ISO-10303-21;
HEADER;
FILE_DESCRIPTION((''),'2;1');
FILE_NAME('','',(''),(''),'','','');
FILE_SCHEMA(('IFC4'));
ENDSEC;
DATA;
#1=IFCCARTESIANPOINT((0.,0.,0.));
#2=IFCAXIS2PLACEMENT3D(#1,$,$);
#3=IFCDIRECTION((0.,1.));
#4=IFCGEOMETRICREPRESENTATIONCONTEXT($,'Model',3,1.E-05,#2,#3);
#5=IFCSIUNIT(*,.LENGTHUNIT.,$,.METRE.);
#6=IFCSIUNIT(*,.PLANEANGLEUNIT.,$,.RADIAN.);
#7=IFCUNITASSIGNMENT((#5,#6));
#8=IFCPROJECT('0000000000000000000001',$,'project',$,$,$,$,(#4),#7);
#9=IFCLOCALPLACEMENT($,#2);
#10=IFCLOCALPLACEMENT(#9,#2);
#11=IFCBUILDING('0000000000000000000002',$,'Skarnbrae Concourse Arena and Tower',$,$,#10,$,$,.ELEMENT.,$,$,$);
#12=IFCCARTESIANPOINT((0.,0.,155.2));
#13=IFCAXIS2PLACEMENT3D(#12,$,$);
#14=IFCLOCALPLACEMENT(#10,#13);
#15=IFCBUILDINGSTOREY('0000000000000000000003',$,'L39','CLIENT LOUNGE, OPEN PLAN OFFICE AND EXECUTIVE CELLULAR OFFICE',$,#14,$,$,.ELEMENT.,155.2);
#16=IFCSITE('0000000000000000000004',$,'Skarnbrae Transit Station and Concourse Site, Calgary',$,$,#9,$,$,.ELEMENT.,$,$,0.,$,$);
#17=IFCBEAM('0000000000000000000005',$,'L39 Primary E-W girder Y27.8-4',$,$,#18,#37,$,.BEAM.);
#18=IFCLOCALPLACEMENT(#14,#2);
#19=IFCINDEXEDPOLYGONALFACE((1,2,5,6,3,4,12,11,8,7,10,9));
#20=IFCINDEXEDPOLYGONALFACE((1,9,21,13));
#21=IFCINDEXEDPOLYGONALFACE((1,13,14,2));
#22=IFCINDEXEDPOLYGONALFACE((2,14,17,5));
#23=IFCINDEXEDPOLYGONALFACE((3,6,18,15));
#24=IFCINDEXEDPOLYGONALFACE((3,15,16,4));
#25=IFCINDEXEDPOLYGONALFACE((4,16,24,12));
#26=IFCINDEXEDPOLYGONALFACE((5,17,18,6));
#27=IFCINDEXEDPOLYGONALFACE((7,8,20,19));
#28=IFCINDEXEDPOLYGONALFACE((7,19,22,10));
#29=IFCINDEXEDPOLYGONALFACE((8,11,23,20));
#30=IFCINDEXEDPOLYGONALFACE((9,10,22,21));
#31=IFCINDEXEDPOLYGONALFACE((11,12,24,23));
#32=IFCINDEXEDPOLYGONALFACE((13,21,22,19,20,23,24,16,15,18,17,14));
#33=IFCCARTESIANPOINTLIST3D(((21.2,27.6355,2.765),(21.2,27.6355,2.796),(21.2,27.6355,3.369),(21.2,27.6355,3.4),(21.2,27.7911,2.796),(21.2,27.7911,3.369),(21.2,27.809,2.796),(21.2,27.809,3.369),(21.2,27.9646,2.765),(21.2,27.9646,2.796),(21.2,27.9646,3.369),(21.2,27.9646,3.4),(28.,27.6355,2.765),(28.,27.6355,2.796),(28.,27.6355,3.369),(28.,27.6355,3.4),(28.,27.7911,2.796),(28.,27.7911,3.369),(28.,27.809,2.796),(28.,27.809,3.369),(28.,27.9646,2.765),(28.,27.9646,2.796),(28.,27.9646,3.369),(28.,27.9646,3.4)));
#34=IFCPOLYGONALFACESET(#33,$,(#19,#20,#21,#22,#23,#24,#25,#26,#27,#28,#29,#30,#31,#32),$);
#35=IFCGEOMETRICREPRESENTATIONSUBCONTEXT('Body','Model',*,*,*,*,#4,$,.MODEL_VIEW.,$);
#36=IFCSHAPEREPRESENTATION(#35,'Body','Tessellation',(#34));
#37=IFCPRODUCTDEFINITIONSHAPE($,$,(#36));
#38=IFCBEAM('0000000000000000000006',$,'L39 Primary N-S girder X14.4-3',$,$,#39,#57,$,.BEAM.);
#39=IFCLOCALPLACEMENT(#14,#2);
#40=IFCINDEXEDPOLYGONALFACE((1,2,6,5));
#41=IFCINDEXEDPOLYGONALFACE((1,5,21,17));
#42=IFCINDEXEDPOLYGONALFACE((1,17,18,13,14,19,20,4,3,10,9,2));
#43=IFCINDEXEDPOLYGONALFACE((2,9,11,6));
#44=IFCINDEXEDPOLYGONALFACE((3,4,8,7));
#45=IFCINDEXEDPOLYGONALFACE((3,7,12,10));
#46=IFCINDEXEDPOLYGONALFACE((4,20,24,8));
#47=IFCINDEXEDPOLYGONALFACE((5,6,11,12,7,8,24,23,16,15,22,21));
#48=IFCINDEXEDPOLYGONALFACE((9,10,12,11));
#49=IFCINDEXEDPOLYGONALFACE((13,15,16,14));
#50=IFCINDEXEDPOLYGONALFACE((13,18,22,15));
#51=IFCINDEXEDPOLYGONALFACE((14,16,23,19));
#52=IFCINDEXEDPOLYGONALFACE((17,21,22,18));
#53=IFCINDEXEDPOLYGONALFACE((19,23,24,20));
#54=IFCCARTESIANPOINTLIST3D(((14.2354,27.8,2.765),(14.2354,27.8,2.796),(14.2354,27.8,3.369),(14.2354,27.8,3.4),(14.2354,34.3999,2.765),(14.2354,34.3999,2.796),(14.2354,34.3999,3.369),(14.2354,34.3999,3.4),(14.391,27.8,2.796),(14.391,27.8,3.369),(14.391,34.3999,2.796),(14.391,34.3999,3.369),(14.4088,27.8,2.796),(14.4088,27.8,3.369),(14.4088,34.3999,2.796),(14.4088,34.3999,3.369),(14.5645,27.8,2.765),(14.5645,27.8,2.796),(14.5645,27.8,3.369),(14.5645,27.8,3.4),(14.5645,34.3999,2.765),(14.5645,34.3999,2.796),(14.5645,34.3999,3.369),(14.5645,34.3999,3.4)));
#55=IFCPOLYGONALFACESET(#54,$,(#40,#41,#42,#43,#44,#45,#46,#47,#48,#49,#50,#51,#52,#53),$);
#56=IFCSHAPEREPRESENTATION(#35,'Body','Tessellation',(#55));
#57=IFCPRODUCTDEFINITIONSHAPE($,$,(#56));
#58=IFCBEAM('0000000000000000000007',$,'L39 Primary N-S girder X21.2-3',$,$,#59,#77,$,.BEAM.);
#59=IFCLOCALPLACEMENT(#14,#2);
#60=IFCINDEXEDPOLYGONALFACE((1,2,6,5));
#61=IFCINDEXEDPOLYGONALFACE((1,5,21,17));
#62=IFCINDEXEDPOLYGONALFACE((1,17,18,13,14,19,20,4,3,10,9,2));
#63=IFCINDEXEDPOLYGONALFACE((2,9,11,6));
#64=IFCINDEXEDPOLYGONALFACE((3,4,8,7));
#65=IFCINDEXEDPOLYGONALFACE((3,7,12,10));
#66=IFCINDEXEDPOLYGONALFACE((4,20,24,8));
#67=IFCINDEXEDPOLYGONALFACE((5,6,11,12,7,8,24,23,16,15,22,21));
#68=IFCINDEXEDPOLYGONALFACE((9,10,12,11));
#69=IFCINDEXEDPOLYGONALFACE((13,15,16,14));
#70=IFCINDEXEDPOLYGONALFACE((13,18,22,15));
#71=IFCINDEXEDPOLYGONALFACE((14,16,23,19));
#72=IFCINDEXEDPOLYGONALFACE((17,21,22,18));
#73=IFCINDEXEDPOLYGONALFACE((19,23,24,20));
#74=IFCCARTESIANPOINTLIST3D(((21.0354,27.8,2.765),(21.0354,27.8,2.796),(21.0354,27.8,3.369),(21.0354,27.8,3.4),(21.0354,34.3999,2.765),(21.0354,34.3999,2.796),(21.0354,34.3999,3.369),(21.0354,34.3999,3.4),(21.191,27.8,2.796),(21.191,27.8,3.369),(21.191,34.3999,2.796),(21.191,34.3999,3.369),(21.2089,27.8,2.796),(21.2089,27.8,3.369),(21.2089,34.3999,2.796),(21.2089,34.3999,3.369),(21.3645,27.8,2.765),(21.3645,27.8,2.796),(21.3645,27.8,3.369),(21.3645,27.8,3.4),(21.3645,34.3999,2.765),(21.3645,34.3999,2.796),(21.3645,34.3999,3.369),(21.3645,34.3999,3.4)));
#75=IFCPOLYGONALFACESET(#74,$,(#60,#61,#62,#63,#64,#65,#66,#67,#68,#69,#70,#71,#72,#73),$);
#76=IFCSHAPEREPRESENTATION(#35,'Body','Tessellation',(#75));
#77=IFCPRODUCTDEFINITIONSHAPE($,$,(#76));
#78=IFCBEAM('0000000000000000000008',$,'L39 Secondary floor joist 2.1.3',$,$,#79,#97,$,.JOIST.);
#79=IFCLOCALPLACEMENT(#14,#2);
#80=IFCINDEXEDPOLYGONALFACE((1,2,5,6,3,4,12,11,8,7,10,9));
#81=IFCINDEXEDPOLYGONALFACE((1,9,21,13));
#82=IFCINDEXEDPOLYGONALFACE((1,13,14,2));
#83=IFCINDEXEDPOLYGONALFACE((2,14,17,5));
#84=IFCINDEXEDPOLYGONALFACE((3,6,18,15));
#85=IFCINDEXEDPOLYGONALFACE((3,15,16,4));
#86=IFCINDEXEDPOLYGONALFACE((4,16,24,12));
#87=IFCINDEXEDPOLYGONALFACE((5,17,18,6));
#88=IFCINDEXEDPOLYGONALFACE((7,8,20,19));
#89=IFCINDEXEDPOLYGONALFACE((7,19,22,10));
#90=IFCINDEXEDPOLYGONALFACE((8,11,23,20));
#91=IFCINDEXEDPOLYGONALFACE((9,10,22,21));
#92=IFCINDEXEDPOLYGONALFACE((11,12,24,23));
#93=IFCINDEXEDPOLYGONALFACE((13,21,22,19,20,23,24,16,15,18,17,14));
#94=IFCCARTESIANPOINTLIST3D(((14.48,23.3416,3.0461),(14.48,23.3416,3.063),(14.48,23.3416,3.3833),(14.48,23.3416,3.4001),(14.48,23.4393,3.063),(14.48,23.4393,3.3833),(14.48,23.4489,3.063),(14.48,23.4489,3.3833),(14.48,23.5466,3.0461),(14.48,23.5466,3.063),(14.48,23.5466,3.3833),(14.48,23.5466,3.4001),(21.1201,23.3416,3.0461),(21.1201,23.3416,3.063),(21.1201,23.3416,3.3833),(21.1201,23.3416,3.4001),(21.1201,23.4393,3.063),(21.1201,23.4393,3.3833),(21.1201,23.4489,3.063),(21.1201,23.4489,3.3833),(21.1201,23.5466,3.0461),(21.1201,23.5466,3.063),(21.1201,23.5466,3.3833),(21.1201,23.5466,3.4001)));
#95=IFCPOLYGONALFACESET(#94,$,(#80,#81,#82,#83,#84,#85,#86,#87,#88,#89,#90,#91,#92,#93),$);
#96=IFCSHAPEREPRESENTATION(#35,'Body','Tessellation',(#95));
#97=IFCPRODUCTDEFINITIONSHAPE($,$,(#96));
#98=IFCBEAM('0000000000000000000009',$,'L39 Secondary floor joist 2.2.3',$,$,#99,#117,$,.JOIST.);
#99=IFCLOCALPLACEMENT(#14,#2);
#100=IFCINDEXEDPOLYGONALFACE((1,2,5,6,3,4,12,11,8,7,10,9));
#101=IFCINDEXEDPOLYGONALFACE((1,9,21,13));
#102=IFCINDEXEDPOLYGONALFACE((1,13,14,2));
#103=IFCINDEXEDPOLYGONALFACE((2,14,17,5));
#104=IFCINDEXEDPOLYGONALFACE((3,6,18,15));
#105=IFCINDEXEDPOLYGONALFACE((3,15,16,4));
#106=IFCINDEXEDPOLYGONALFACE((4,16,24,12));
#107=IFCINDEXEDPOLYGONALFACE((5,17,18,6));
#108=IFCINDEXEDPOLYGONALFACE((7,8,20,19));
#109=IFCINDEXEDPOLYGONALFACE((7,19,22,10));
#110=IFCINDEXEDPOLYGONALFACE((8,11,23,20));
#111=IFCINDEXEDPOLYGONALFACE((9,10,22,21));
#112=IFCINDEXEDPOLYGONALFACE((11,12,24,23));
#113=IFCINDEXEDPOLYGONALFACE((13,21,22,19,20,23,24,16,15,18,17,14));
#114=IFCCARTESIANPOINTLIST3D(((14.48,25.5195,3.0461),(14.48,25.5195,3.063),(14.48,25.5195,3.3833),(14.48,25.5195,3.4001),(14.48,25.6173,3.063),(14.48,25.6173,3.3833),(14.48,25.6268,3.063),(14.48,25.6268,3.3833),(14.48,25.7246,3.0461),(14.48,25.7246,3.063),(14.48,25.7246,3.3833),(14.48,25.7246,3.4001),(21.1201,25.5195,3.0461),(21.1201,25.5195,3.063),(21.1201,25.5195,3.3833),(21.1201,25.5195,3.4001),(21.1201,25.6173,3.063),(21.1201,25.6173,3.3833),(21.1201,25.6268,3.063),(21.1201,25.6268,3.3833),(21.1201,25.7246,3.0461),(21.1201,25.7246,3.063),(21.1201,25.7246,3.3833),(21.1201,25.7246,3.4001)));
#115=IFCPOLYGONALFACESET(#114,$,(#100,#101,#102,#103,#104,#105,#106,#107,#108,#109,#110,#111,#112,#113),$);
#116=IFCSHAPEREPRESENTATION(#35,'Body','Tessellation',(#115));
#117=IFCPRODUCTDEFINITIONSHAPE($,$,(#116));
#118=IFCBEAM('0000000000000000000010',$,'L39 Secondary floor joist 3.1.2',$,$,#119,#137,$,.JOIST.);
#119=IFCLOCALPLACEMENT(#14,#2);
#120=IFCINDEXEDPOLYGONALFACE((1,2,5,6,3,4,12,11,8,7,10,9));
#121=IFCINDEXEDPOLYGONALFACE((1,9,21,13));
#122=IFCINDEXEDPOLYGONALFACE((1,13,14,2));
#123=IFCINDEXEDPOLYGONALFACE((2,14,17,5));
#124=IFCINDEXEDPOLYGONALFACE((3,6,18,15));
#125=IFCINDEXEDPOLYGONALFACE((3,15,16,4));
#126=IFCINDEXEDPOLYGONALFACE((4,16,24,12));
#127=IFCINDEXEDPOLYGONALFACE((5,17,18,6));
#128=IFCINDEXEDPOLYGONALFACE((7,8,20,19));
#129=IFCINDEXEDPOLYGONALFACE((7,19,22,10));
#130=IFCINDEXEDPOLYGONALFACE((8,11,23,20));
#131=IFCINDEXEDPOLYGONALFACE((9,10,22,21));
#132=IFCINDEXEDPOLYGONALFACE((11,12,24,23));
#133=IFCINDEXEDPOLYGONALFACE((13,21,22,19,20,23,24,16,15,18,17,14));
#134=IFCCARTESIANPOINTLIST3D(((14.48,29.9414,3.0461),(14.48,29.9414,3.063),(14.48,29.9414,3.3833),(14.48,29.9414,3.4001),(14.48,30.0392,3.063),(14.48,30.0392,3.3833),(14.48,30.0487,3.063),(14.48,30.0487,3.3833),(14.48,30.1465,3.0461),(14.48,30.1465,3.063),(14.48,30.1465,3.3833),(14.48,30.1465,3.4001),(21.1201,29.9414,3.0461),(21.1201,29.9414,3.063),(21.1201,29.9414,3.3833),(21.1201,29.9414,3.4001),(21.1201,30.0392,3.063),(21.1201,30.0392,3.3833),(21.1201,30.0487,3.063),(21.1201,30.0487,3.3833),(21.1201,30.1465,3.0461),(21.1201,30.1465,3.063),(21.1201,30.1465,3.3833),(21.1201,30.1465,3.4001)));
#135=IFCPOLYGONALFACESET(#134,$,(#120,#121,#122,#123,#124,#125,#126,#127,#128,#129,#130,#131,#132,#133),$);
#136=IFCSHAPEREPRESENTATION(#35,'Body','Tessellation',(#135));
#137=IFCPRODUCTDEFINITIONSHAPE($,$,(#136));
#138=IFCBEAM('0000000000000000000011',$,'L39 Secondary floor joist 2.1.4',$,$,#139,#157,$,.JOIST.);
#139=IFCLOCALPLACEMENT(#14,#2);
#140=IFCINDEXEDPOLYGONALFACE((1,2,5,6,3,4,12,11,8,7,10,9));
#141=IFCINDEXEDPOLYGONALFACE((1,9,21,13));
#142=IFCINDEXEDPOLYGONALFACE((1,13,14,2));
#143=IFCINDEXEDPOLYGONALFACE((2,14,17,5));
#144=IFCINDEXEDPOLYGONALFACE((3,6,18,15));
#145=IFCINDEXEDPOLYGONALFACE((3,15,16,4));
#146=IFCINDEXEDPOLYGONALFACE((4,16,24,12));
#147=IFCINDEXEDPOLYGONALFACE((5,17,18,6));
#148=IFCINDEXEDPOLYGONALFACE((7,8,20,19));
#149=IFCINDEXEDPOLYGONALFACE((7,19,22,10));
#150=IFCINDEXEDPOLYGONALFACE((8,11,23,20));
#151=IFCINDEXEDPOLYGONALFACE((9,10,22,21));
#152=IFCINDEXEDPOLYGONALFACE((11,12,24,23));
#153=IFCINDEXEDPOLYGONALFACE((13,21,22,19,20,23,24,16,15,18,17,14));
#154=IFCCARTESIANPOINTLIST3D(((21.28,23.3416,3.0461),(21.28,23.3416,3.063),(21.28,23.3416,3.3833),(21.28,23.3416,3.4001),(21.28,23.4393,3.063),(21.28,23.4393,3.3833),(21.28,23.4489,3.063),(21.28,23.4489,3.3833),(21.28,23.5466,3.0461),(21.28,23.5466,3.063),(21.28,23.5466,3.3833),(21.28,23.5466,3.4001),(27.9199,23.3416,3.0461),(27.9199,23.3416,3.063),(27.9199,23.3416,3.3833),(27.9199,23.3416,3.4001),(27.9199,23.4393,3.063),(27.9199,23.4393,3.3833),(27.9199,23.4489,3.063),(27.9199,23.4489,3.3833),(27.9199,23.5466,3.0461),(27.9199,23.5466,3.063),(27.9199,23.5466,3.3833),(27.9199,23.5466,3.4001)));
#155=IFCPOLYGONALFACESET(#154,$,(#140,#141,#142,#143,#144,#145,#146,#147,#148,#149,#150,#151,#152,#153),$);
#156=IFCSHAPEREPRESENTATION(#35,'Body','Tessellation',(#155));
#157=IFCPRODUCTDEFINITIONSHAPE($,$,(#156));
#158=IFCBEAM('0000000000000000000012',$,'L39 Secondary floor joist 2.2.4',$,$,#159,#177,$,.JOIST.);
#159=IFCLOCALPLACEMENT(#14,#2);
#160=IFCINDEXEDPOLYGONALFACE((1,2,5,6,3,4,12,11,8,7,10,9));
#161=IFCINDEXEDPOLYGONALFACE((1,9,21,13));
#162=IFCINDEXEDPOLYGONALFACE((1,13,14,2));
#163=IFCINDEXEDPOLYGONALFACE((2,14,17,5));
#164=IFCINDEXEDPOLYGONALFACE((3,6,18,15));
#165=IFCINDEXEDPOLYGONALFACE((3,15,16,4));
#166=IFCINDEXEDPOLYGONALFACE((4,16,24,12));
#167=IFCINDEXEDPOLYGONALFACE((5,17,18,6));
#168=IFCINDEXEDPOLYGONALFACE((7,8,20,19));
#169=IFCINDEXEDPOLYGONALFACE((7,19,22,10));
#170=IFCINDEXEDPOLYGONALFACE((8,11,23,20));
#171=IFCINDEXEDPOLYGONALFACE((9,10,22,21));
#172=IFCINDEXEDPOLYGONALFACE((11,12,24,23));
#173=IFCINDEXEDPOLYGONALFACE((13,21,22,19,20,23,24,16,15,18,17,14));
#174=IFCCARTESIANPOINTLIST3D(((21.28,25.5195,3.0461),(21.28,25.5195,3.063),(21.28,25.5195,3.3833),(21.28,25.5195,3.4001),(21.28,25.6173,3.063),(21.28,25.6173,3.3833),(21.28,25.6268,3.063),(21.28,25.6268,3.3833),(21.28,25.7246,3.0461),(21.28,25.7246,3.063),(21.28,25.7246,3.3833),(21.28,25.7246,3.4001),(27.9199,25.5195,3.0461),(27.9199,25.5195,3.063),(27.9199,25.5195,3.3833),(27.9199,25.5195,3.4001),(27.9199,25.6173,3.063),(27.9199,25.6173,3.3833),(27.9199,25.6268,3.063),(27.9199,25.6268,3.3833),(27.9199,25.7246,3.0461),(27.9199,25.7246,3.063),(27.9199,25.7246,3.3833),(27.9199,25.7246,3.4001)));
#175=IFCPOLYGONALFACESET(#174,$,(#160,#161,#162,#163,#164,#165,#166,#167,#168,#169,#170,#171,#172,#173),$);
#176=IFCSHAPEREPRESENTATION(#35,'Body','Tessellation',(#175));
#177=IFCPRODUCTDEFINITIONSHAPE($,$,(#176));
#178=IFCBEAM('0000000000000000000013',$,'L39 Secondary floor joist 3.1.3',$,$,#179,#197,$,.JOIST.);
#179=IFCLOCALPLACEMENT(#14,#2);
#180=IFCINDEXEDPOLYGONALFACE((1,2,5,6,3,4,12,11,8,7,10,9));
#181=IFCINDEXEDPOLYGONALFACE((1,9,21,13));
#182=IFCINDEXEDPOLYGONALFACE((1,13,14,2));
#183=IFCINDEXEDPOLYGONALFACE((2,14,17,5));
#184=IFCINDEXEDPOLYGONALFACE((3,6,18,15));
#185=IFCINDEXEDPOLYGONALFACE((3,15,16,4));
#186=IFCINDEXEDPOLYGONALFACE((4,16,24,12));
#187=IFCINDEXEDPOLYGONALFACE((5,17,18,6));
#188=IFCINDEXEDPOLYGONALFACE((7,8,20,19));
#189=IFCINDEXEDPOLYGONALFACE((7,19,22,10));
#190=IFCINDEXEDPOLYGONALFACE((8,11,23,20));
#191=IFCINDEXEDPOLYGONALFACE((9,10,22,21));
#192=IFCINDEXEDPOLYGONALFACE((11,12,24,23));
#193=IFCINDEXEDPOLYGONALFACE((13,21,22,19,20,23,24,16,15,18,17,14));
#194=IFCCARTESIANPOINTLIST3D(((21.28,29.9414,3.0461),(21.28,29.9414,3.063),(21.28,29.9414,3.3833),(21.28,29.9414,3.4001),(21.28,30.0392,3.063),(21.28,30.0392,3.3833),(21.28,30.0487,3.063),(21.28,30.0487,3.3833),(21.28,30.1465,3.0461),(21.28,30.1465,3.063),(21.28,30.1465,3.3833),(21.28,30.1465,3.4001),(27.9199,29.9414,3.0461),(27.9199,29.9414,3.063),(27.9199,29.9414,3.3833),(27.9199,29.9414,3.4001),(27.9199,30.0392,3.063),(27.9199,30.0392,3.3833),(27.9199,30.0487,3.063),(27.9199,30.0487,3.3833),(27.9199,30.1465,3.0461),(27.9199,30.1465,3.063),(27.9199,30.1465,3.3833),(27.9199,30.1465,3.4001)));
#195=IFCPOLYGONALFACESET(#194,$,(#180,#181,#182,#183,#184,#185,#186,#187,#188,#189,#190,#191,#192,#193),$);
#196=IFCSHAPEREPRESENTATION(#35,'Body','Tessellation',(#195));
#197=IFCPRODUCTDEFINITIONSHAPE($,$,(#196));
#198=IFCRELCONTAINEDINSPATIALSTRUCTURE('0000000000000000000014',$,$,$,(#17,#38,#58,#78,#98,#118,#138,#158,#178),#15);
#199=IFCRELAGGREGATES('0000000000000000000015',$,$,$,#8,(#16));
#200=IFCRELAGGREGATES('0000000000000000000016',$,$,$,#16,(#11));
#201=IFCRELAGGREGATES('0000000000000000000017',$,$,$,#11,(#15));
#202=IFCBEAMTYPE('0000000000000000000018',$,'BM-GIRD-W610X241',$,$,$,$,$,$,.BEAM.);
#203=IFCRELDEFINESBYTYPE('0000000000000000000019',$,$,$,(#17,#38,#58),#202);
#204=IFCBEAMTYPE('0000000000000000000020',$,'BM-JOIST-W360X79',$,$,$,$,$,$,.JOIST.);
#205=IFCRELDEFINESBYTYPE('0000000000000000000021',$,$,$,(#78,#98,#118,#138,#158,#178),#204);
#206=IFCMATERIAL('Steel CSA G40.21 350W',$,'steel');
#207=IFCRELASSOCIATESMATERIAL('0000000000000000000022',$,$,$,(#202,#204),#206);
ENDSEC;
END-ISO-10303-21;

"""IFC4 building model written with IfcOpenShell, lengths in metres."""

from ifc_helpers import new_model, si_unit, direction, frame, origin, origin_2d, place, context, subcontext, project, spatial, i_section, extrude, source, transform, mapped, material, material_profile, profile_set, type_object, element, save


model = new_model("IFC4")

# Units and contexts
model_context = context("Model", 3, precision=1e-05, world=origin(), true_north=direction((0.0, 1.0)))
body_context = subcontext(model_context, "Body", "Model", "MODEL_VIEW")
ifc_project = project(units=[si_unit("LENGTHUNIT", "METRE"), si_unit("PLANEANGLEUNIT", "RADIAN")], contexts=[model_context])

# Site, building, storey
site_placement = place(None, origin())
site = spatial("IfcSite", under=ifc_project, at=site_placement, Name="Skarnbrae Transit Station and Concourse Site, Calgary", CompositionType="ELEMENT", RefElevation=0.0)
building_placement = place(site_placement, origin())
building = spatial("IfcBuilding", under=site, at=building_placement, Name="Skarnbrae Concourse Arena and Tower", CompositionType="ELEMENT")
storey_placement = place(building_placement, frame((0.0, 0.0, 155.2)))
storey = spatial("IfcBuildingStorey", under=building, at=storey_placement, Name="L39", Description="CLIENT LOUNGE, OPEN PLAN OFFICE AND EXECUTIVE CELLULAR OFFICE", CompositionType="ELEMENT", Elevation=155.2)

# Shared definitions
ifc_material_1 = material(Name="Steel CSA G40.21 350W", Category="steel")

# Beams
ifc_material_profile_1 = material_profile(ifc_material_1, i_section(OverallWidth=0.3291, OverallDepth=0.635, WebThickness=0.0178, FlangeThickness=0.031, at=origin_2d()), Name="W610X241")
ifc_profile_set_1 = profile_set([ifc_material_profile_1], Name="Steel CSA G40.21 350W")
beam_type_1 = type_object("IfcBeamType", Name="BM-GIRD-W610X241", PredefinedType="BEAM", material=ifc_profile_set_1)
shared_shape_1 = source(origin(), body_context, "Body", "SweptSolid", [
    extrude(i_section(OverallWidth=0.3291, OverallDepth=0.635, WebThickness=0.0178, FlangeThickness=0.031, at=origin_2d()), origin(), (0.0, 0.0, 1.0), 6.8),
])
for number, where, z_axis, x_axis, name in (
    (1, (21.2, 27.8, 3.0825), (1.0, 0.0, 0.0), (0.0, 1.0, 0.0), "L39 Primary E-W girder Y27.8-4"),
):
    element("IfcBeam", number, at=place(storey_placement, frame(where, z_axis=z_axis, x_axis=x_axis)), inside=storey, type_object=beam_type_1, Name=name, PredefinedType="BEAM", context=body_context, shape_type="MappedRepresentation", body=[
        mapped(shared_shape_1, transform((0.0, 0.0, 0.0))),
    ])
shared_shape_2 = source(origin(), body_context, "Body", "SweptSolid", [
    extrude(i_section(OverallWidth=0.3291, OverallDepth=0.635, WebThickness=0.0178, FlangeThickness=0.031, at=origin_2d()), origin(), (0.0, 0.0, 1.0), 6.5999),
])
for number, where, z_axis, x_axis, name in (
    (2, (14.3999, 27.8, 3.0825), (0.0, 1.0, 0.0), (-1.0, 0.0, 0.0), "L39 Primary N-S girder X14.4-3"),
    (3, (21.2, 27.8, 3.0825), (0.0, 1.0, 0.0), (-1.0, 0.0, 0.0), "L39 Primary N-S girder X21.2-3"),
):
    element("IfcBeam", number, at=place(storey_placement, frame(where, z_axis=z_axis, x_axis=x_axis)), inside=storey, type_object=beam_type_1, Name=name, PredefinedType="BEAM", context=body_context, shape_type="MappedRepresentation", body=[
        mapped(shared_shape_2, transform((0.0, 0.0, 0.0))),
    ])
ifc_material_profile_2 = material_profile(ifc_material_1, i_section(OverallWidth=0.2051, OverallDepth=0.354, WebThickness=0.0095, FlangeThickness=0.0168, at=origin_2d()), Name="W360X79")
ifc_profile_set_2 = profile_set([ifc_material_profile_2], Name="Steel CSA G40.21 350W")
beam_type_2 = type_object("IfcBeamType", Name="BM-JOIST-W360X79", PredefinedType="JOIST", material=ifc_profile_set_2)
shared_shape_3 = source(origin(), body_context, "Body", "SweptSolid", [
    extrude(i_section(OverallWidth=0.2051, OverallDepth=0.354, WebThickness=0.0095, FlangeThickness=0.0168, at=origin_2d()), origin(), (0.0, 0.0, 1.0), 6.6401),
])
for number, where, z_axis, x_axis, name in (
    (4, (14.48, 23.4441, 3.2231), (1.0, 0.0, 0.0), (0.0, 1.0, 0.0), "L39 Secondary floor joist 2.1.3"),
    (5, (14.48, 25.6221, 3.2231), (1.0, 0.0, 0.0), (0.0, 1.0, 0.0), "L39 Secondary floor joist 2.2.3"),
    (6, (14.48, 30.0439, 3.2231), (1.0, 0.0, 0.0), (0.0, 1.0, 0.0), "L39 Secondary floor joist 3.1.2"),
):
    element("IfcBeam", number, at=place(storey_placement, frame(where, z_axis=z_axis, x_axis=x_axis)), inside=storey, type_object=beam_type_2, Name=name, PredefinedType="JOIST", context=body_context, shape_type="MappedRepresentation", body=[
        mapped(shared_shape_3, transform((0.0, 0.0, 0.0))),
    ])
shared_shape_4 = source(origin(), body_context, "Body", "SweptSolid", [
    extrude(i_section(OverallWidth=0.2051, OverallDepth=0.354, WebThickness=0.0095, FlangeThickness=0.0168, at=origin_2d()), origin(), (0.0, 0.0, 1.0), 6.6399),
])
for number, where, z_axis, x_axis, name in (
    (7, (21.28, 23.4441, 3.2231), (1.0, 0.0, 0.0), (0.0, 1.0, 0.0), "L39 Secondary floor joist 2.1.4"),
    (8, (21.28, 25.6221, 3.2231), (1.0, 0.0, 0.0), (0.0, 1.0, 0.0), "L39 Secondary floor joist 2.2.4"),
    (9, (21.28, 30.0439, 3.2231), (1.0, 0.0, 0.0), (0.0, 1.0, 0.0), "L39 Secondary floor joist 3.1.3"),
):
    element("IfcBeam", number, at=place(storey_placement, frame(where, z_axis=z_axis, x_axis=x_axis)), inside=storey, type_object=beam_type_2, Name=name, PredefinedType="JOIST", context=body_context, shape_type="MappedRepresentation", body=[
        mapped(shared_shape_4, transform((0.0, 0.0, 0.0))),
    ])

save(model, "model.ifc")
